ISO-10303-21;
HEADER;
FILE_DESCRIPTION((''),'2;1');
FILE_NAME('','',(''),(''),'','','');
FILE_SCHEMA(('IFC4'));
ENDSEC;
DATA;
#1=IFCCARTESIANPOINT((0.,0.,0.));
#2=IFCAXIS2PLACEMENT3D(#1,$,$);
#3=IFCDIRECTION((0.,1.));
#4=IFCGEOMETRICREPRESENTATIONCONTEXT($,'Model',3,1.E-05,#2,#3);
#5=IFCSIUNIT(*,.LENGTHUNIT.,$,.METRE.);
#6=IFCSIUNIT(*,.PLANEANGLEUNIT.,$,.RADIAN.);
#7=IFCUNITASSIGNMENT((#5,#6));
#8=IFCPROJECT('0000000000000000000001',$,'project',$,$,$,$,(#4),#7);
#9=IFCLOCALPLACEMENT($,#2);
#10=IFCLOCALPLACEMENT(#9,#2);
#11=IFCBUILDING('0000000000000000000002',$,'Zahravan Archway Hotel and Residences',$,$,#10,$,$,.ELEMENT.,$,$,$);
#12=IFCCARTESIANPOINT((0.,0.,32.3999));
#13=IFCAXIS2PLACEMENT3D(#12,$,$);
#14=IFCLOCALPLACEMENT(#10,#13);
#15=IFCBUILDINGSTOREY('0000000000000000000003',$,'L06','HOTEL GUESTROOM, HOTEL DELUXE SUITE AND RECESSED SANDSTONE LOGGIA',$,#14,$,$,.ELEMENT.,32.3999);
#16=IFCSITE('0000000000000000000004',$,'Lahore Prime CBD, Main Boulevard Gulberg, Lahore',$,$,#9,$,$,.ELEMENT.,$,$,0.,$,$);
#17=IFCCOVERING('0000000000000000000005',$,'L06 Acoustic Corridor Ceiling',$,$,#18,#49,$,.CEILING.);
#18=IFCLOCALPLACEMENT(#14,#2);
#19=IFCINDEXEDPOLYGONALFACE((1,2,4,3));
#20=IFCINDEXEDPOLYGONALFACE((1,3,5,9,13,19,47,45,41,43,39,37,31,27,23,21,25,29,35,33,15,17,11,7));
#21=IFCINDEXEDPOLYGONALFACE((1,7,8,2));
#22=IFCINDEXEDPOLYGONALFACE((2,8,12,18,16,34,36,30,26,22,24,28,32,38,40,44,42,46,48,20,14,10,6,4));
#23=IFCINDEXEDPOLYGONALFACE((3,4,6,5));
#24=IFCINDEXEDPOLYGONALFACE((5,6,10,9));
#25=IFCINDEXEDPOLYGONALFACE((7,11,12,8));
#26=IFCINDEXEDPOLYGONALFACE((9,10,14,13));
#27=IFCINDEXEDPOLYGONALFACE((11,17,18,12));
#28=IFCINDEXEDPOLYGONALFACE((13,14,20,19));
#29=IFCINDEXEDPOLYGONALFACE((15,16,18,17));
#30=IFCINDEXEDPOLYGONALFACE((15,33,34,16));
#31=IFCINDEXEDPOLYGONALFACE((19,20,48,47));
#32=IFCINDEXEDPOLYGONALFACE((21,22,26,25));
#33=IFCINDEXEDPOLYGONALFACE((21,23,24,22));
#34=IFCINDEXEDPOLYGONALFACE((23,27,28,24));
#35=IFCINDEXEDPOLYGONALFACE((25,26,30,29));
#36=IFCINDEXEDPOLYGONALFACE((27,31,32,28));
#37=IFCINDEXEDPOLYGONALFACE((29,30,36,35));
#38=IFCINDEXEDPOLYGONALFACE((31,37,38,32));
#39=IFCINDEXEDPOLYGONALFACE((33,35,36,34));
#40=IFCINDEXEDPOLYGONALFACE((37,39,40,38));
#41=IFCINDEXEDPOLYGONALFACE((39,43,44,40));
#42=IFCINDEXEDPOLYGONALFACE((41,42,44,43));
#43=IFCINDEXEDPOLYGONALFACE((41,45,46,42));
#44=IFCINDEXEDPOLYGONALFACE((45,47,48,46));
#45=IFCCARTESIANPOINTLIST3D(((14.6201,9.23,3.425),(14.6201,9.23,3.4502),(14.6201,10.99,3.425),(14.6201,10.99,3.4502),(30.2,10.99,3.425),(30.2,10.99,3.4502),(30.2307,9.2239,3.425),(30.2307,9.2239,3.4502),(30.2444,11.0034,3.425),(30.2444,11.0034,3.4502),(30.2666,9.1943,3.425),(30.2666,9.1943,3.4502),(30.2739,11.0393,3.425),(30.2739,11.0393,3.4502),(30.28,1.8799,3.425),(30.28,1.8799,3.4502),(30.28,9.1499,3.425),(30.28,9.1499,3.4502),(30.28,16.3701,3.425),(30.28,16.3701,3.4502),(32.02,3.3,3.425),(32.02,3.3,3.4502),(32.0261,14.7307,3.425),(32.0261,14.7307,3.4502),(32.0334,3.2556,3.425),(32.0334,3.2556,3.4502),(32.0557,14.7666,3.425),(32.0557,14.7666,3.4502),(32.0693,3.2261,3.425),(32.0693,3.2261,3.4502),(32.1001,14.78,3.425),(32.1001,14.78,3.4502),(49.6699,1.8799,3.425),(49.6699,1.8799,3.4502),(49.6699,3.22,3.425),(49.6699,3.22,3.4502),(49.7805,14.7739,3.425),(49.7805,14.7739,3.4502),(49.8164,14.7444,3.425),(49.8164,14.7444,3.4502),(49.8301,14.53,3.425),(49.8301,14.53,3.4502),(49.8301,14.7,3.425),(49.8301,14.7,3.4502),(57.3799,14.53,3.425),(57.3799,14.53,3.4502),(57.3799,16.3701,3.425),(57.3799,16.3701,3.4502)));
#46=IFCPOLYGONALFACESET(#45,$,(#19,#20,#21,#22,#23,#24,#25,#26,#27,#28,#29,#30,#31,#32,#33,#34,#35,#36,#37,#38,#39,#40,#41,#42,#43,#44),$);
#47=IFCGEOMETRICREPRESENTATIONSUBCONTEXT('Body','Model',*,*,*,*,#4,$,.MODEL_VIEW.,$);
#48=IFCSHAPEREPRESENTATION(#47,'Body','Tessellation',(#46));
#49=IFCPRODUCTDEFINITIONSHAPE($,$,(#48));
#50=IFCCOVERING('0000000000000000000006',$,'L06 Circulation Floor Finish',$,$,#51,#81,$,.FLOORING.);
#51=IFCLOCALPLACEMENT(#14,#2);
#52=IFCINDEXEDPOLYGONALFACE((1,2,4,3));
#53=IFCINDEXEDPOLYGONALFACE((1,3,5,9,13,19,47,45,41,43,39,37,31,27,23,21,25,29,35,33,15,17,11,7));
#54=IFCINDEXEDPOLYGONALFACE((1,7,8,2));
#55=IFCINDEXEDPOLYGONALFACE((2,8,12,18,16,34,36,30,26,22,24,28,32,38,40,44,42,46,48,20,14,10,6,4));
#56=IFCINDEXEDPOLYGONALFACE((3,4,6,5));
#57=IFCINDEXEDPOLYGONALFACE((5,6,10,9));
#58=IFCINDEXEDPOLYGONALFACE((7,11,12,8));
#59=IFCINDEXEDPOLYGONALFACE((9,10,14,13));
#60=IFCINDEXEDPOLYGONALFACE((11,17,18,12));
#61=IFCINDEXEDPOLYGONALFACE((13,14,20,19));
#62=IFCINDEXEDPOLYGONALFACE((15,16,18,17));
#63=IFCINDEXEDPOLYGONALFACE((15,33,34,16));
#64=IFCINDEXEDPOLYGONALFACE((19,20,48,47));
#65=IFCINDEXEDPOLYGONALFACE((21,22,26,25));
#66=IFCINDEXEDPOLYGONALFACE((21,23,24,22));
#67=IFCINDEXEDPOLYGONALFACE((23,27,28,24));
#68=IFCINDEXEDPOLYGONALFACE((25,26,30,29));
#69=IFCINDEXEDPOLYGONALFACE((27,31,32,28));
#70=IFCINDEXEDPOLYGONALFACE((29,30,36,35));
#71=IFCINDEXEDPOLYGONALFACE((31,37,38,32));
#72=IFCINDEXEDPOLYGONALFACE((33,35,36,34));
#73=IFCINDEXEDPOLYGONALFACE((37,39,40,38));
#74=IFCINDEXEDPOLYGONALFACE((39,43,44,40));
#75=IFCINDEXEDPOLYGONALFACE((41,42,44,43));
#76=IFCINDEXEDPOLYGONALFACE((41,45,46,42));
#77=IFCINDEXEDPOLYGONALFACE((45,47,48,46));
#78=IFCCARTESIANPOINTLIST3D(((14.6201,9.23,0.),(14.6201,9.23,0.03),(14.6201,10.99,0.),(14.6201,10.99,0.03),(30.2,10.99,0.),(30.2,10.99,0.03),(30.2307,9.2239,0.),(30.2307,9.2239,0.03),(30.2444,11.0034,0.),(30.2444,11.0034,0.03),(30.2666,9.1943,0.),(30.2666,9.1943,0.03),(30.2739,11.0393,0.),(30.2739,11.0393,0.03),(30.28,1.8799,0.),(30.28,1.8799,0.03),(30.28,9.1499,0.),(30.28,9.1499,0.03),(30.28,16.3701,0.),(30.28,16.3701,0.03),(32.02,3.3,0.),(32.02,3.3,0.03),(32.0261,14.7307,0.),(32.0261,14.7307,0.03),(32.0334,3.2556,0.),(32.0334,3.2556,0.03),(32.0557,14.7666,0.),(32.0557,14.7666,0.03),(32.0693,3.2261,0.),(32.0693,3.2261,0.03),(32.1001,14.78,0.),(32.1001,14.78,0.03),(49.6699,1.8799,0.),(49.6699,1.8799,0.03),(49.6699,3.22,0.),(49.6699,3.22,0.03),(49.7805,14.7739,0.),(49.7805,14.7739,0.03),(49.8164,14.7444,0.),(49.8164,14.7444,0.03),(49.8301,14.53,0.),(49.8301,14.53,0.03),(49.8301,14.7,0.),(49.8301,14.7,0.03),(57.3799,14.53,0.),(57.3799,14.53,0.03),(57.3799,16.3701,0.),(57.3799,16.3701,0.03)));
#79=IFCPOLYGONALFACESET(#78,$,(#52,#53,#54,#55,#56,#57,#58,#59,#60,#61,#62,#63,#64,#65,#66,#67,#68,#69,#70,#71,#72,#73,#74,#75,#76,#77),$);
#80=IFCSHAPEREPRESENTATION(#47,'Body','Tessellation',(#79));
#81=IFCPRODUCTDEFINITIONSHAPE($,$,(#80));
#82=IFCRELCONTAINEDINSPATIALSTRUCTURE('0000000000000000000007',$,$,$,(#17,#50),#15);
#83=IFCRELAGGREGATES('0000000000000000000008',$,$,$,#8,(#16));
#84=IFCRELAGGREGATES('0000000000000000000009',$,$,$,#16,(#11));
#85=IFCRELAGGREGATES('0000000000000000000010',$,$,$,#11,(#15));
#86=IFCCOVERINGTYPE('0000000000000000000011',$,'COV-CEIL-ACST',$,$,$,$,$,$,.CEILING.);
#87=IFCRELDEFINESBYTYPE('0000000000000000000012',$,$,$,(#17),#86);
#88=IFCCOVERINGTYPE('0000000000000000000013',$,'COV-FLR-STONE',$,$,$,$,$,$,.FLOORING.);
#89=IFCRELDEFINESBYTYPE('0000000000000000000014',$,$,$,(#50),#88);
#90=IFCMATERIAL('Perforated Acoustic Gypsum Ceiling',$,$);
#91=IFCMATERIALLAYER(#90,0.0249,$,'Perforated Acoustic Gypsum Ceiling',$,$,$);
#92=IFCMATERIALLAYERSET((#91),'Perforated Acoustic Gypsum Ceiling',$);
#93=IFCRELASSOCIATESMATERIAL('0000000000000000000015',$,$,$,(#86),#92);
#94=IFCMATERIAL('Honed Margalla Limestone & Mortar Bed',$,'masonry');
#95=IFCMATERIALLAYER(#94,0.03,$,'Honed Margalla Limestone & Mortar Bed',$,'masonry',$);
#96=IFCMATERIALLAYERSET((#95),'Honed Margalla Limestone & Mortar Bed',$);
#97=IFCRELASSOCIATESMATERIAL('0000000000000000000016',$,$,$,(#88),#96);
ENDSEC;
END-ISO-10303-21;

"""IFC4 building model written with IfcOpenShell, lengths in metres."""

from ifc_helpers import new_model, si_unit, direction, frame, origin, place, context, subcontext, project, spatial, polyline, outline, extrude, material, layer, layer_set, type_object, element, save


model = new_model("IFC4")

# Units and contexts
model_context = context("Model", 3, precision=1e-05, world=origin(), true_north=direction((0.0, 1.0)))
body_context = subcontext(model_context, "Body", "Model", "MODEL_VIEW")
ifc_project = project(units=[si_unit("LENGTHUNIT", "METRE"), si_unit("PLANEANGLEUNIT", "RADIAN")], contexts=[model_context])

# Site, building, storey
site_placement = place(None, origin())
site = spatial("IfcSite", under=ifc_project, at=site_placement, Name="Lahore Prime CBD, Main Boulevard Gulberg, Lahore", CompositionType="ELEMENT", RefElevation=0.0)
building_placement = place(site_placement, origin())
building = spatial("IfcBuilding", under=site, at=building_placement, Name="Zahravan Archway Hotel and Residences", CompositionType="ELEMENT")
storey_placement = place(building_placement, frame((0.0, 0.0, 32.3999)))
storey = spatial("IfcBuildingStorey", under=building, at=storey_placement, Name="L06", Description="HOTEL GUESTROOM, HOTEL DELUXE SUITE AND RECESSED SANDSTONE LOGGIA", CompositionType="ELEMENT", Elevation=32.3999)

# Coverings
ifc_material_1 = material(Name="Perforated Acoustic Gypsum Ceiling")
ifc_layer_1 = layer(ifc_material_1, 0.0249, Name="Perforated Acoustic Gypsum Ceiling")
ifc_layer_set_1 = layer_set([ifc_layer_1], Name="Perforated Acoustic Gypsum Ceiling")
covering_type_1 = type_object("IfcCoveringType", Name="COV-CEIL-ACST", PredefinedType="CEILING", material=ifc_layer_set_1)
covering_1_placement = place(storey_placement, frame((0.0, 0.0, 3.425)))
element("IfcCovering", 1, at=covering_1_placement, inside=storey, type_object=covering_type_1, Name="L06 Acoustic Corridor Ceiling", PredefinedType="CEILING", context=body_context, shape_type="SweptSolid", body=[
    extrude(outline(polyline([(57.3799, 14.53), (49.8301, 14.53), (49.8301, 14.7), (49.8164, 14.7444), (49.7805, 14.7739), (32.1001, 14.78), (32.0557, 14.7666), (32.0261, 14.7307), (32.02, 3.3), (32.0334, 3.2556), (32.0693, 3.2261), (49.6699, 3.22), (49.6699, 1.8799), (30.28, 1.8799), (30.28, 9.1499), (30.2666, 9.1943), (30.2307, 9.2239), (14.6201, 9.23), (14.6201, 10.99), (30.2, 10.99), (30.2444, 11.0034), (30.2739, 11.0393), (30.28, 16.3701), (57.3799, 16.3701), (57.3799, 14.53)])), origin(), (0.0, 0.0, 1.0), 0.0251),
])
ifc_material_2 = material(Name="Honed Margalla Limestone & Mortar Bed", Category="masonry")
ifc_layer_2 = layer(ifc_material_2, 0.03, Name="Honed Margalla Limestone & Mortar Bed", Category="masonry")
ifc_layer_set_2 = layer_set([ifc_layer_2], Name="Honed Margalla Limestone & Mortar Bed")
covering_type_2 = type_object("IfcCoveringType", Name="COV-FLR-STONE", PredefinedType="FLOORING", material=ifc_layer_set_2)
covering_2_placement = place(storey_placement, origin())
element("IfcCovering", 2, at=covering_2_placement, inside=storey, type_object=covering_type_2, Name="L06 Circulation Floor Finish", PredefinedType="FLOORING", context=body_context, shape_type="SweptSolid", body=[
    extrude(outline(polyline([(57.3799, 14.53), (49.8301, 14.53), (49.8301, 14.7), (49.8164, 14.7444), (49.7805, 14.7739), (32.1001, 14.78), (32.0557, 14.7666), (32.0261, 14.7307), (32.02, 3.3), (32.0334, 3.2556), (32.0693, 3.2261), (49.6699, 3.22), (49.6699, 1.8799), (30.28, 1.8799), (30.28, 9.1499), (30.2666, 9.1943), (30.2307, 9.2239), (14.6201, 9.23), (14.6201, 10.99), (30.2, 10.99), (30.2444, 11.0034), (30.2739, 11.0393), (30.28, 16.3701), (57.3799, 16.3701), (57.3799, 14.53)])), origin(), (0.0, 0.0, 1.0), 0.03),
])

save(model, "model.ifc")
